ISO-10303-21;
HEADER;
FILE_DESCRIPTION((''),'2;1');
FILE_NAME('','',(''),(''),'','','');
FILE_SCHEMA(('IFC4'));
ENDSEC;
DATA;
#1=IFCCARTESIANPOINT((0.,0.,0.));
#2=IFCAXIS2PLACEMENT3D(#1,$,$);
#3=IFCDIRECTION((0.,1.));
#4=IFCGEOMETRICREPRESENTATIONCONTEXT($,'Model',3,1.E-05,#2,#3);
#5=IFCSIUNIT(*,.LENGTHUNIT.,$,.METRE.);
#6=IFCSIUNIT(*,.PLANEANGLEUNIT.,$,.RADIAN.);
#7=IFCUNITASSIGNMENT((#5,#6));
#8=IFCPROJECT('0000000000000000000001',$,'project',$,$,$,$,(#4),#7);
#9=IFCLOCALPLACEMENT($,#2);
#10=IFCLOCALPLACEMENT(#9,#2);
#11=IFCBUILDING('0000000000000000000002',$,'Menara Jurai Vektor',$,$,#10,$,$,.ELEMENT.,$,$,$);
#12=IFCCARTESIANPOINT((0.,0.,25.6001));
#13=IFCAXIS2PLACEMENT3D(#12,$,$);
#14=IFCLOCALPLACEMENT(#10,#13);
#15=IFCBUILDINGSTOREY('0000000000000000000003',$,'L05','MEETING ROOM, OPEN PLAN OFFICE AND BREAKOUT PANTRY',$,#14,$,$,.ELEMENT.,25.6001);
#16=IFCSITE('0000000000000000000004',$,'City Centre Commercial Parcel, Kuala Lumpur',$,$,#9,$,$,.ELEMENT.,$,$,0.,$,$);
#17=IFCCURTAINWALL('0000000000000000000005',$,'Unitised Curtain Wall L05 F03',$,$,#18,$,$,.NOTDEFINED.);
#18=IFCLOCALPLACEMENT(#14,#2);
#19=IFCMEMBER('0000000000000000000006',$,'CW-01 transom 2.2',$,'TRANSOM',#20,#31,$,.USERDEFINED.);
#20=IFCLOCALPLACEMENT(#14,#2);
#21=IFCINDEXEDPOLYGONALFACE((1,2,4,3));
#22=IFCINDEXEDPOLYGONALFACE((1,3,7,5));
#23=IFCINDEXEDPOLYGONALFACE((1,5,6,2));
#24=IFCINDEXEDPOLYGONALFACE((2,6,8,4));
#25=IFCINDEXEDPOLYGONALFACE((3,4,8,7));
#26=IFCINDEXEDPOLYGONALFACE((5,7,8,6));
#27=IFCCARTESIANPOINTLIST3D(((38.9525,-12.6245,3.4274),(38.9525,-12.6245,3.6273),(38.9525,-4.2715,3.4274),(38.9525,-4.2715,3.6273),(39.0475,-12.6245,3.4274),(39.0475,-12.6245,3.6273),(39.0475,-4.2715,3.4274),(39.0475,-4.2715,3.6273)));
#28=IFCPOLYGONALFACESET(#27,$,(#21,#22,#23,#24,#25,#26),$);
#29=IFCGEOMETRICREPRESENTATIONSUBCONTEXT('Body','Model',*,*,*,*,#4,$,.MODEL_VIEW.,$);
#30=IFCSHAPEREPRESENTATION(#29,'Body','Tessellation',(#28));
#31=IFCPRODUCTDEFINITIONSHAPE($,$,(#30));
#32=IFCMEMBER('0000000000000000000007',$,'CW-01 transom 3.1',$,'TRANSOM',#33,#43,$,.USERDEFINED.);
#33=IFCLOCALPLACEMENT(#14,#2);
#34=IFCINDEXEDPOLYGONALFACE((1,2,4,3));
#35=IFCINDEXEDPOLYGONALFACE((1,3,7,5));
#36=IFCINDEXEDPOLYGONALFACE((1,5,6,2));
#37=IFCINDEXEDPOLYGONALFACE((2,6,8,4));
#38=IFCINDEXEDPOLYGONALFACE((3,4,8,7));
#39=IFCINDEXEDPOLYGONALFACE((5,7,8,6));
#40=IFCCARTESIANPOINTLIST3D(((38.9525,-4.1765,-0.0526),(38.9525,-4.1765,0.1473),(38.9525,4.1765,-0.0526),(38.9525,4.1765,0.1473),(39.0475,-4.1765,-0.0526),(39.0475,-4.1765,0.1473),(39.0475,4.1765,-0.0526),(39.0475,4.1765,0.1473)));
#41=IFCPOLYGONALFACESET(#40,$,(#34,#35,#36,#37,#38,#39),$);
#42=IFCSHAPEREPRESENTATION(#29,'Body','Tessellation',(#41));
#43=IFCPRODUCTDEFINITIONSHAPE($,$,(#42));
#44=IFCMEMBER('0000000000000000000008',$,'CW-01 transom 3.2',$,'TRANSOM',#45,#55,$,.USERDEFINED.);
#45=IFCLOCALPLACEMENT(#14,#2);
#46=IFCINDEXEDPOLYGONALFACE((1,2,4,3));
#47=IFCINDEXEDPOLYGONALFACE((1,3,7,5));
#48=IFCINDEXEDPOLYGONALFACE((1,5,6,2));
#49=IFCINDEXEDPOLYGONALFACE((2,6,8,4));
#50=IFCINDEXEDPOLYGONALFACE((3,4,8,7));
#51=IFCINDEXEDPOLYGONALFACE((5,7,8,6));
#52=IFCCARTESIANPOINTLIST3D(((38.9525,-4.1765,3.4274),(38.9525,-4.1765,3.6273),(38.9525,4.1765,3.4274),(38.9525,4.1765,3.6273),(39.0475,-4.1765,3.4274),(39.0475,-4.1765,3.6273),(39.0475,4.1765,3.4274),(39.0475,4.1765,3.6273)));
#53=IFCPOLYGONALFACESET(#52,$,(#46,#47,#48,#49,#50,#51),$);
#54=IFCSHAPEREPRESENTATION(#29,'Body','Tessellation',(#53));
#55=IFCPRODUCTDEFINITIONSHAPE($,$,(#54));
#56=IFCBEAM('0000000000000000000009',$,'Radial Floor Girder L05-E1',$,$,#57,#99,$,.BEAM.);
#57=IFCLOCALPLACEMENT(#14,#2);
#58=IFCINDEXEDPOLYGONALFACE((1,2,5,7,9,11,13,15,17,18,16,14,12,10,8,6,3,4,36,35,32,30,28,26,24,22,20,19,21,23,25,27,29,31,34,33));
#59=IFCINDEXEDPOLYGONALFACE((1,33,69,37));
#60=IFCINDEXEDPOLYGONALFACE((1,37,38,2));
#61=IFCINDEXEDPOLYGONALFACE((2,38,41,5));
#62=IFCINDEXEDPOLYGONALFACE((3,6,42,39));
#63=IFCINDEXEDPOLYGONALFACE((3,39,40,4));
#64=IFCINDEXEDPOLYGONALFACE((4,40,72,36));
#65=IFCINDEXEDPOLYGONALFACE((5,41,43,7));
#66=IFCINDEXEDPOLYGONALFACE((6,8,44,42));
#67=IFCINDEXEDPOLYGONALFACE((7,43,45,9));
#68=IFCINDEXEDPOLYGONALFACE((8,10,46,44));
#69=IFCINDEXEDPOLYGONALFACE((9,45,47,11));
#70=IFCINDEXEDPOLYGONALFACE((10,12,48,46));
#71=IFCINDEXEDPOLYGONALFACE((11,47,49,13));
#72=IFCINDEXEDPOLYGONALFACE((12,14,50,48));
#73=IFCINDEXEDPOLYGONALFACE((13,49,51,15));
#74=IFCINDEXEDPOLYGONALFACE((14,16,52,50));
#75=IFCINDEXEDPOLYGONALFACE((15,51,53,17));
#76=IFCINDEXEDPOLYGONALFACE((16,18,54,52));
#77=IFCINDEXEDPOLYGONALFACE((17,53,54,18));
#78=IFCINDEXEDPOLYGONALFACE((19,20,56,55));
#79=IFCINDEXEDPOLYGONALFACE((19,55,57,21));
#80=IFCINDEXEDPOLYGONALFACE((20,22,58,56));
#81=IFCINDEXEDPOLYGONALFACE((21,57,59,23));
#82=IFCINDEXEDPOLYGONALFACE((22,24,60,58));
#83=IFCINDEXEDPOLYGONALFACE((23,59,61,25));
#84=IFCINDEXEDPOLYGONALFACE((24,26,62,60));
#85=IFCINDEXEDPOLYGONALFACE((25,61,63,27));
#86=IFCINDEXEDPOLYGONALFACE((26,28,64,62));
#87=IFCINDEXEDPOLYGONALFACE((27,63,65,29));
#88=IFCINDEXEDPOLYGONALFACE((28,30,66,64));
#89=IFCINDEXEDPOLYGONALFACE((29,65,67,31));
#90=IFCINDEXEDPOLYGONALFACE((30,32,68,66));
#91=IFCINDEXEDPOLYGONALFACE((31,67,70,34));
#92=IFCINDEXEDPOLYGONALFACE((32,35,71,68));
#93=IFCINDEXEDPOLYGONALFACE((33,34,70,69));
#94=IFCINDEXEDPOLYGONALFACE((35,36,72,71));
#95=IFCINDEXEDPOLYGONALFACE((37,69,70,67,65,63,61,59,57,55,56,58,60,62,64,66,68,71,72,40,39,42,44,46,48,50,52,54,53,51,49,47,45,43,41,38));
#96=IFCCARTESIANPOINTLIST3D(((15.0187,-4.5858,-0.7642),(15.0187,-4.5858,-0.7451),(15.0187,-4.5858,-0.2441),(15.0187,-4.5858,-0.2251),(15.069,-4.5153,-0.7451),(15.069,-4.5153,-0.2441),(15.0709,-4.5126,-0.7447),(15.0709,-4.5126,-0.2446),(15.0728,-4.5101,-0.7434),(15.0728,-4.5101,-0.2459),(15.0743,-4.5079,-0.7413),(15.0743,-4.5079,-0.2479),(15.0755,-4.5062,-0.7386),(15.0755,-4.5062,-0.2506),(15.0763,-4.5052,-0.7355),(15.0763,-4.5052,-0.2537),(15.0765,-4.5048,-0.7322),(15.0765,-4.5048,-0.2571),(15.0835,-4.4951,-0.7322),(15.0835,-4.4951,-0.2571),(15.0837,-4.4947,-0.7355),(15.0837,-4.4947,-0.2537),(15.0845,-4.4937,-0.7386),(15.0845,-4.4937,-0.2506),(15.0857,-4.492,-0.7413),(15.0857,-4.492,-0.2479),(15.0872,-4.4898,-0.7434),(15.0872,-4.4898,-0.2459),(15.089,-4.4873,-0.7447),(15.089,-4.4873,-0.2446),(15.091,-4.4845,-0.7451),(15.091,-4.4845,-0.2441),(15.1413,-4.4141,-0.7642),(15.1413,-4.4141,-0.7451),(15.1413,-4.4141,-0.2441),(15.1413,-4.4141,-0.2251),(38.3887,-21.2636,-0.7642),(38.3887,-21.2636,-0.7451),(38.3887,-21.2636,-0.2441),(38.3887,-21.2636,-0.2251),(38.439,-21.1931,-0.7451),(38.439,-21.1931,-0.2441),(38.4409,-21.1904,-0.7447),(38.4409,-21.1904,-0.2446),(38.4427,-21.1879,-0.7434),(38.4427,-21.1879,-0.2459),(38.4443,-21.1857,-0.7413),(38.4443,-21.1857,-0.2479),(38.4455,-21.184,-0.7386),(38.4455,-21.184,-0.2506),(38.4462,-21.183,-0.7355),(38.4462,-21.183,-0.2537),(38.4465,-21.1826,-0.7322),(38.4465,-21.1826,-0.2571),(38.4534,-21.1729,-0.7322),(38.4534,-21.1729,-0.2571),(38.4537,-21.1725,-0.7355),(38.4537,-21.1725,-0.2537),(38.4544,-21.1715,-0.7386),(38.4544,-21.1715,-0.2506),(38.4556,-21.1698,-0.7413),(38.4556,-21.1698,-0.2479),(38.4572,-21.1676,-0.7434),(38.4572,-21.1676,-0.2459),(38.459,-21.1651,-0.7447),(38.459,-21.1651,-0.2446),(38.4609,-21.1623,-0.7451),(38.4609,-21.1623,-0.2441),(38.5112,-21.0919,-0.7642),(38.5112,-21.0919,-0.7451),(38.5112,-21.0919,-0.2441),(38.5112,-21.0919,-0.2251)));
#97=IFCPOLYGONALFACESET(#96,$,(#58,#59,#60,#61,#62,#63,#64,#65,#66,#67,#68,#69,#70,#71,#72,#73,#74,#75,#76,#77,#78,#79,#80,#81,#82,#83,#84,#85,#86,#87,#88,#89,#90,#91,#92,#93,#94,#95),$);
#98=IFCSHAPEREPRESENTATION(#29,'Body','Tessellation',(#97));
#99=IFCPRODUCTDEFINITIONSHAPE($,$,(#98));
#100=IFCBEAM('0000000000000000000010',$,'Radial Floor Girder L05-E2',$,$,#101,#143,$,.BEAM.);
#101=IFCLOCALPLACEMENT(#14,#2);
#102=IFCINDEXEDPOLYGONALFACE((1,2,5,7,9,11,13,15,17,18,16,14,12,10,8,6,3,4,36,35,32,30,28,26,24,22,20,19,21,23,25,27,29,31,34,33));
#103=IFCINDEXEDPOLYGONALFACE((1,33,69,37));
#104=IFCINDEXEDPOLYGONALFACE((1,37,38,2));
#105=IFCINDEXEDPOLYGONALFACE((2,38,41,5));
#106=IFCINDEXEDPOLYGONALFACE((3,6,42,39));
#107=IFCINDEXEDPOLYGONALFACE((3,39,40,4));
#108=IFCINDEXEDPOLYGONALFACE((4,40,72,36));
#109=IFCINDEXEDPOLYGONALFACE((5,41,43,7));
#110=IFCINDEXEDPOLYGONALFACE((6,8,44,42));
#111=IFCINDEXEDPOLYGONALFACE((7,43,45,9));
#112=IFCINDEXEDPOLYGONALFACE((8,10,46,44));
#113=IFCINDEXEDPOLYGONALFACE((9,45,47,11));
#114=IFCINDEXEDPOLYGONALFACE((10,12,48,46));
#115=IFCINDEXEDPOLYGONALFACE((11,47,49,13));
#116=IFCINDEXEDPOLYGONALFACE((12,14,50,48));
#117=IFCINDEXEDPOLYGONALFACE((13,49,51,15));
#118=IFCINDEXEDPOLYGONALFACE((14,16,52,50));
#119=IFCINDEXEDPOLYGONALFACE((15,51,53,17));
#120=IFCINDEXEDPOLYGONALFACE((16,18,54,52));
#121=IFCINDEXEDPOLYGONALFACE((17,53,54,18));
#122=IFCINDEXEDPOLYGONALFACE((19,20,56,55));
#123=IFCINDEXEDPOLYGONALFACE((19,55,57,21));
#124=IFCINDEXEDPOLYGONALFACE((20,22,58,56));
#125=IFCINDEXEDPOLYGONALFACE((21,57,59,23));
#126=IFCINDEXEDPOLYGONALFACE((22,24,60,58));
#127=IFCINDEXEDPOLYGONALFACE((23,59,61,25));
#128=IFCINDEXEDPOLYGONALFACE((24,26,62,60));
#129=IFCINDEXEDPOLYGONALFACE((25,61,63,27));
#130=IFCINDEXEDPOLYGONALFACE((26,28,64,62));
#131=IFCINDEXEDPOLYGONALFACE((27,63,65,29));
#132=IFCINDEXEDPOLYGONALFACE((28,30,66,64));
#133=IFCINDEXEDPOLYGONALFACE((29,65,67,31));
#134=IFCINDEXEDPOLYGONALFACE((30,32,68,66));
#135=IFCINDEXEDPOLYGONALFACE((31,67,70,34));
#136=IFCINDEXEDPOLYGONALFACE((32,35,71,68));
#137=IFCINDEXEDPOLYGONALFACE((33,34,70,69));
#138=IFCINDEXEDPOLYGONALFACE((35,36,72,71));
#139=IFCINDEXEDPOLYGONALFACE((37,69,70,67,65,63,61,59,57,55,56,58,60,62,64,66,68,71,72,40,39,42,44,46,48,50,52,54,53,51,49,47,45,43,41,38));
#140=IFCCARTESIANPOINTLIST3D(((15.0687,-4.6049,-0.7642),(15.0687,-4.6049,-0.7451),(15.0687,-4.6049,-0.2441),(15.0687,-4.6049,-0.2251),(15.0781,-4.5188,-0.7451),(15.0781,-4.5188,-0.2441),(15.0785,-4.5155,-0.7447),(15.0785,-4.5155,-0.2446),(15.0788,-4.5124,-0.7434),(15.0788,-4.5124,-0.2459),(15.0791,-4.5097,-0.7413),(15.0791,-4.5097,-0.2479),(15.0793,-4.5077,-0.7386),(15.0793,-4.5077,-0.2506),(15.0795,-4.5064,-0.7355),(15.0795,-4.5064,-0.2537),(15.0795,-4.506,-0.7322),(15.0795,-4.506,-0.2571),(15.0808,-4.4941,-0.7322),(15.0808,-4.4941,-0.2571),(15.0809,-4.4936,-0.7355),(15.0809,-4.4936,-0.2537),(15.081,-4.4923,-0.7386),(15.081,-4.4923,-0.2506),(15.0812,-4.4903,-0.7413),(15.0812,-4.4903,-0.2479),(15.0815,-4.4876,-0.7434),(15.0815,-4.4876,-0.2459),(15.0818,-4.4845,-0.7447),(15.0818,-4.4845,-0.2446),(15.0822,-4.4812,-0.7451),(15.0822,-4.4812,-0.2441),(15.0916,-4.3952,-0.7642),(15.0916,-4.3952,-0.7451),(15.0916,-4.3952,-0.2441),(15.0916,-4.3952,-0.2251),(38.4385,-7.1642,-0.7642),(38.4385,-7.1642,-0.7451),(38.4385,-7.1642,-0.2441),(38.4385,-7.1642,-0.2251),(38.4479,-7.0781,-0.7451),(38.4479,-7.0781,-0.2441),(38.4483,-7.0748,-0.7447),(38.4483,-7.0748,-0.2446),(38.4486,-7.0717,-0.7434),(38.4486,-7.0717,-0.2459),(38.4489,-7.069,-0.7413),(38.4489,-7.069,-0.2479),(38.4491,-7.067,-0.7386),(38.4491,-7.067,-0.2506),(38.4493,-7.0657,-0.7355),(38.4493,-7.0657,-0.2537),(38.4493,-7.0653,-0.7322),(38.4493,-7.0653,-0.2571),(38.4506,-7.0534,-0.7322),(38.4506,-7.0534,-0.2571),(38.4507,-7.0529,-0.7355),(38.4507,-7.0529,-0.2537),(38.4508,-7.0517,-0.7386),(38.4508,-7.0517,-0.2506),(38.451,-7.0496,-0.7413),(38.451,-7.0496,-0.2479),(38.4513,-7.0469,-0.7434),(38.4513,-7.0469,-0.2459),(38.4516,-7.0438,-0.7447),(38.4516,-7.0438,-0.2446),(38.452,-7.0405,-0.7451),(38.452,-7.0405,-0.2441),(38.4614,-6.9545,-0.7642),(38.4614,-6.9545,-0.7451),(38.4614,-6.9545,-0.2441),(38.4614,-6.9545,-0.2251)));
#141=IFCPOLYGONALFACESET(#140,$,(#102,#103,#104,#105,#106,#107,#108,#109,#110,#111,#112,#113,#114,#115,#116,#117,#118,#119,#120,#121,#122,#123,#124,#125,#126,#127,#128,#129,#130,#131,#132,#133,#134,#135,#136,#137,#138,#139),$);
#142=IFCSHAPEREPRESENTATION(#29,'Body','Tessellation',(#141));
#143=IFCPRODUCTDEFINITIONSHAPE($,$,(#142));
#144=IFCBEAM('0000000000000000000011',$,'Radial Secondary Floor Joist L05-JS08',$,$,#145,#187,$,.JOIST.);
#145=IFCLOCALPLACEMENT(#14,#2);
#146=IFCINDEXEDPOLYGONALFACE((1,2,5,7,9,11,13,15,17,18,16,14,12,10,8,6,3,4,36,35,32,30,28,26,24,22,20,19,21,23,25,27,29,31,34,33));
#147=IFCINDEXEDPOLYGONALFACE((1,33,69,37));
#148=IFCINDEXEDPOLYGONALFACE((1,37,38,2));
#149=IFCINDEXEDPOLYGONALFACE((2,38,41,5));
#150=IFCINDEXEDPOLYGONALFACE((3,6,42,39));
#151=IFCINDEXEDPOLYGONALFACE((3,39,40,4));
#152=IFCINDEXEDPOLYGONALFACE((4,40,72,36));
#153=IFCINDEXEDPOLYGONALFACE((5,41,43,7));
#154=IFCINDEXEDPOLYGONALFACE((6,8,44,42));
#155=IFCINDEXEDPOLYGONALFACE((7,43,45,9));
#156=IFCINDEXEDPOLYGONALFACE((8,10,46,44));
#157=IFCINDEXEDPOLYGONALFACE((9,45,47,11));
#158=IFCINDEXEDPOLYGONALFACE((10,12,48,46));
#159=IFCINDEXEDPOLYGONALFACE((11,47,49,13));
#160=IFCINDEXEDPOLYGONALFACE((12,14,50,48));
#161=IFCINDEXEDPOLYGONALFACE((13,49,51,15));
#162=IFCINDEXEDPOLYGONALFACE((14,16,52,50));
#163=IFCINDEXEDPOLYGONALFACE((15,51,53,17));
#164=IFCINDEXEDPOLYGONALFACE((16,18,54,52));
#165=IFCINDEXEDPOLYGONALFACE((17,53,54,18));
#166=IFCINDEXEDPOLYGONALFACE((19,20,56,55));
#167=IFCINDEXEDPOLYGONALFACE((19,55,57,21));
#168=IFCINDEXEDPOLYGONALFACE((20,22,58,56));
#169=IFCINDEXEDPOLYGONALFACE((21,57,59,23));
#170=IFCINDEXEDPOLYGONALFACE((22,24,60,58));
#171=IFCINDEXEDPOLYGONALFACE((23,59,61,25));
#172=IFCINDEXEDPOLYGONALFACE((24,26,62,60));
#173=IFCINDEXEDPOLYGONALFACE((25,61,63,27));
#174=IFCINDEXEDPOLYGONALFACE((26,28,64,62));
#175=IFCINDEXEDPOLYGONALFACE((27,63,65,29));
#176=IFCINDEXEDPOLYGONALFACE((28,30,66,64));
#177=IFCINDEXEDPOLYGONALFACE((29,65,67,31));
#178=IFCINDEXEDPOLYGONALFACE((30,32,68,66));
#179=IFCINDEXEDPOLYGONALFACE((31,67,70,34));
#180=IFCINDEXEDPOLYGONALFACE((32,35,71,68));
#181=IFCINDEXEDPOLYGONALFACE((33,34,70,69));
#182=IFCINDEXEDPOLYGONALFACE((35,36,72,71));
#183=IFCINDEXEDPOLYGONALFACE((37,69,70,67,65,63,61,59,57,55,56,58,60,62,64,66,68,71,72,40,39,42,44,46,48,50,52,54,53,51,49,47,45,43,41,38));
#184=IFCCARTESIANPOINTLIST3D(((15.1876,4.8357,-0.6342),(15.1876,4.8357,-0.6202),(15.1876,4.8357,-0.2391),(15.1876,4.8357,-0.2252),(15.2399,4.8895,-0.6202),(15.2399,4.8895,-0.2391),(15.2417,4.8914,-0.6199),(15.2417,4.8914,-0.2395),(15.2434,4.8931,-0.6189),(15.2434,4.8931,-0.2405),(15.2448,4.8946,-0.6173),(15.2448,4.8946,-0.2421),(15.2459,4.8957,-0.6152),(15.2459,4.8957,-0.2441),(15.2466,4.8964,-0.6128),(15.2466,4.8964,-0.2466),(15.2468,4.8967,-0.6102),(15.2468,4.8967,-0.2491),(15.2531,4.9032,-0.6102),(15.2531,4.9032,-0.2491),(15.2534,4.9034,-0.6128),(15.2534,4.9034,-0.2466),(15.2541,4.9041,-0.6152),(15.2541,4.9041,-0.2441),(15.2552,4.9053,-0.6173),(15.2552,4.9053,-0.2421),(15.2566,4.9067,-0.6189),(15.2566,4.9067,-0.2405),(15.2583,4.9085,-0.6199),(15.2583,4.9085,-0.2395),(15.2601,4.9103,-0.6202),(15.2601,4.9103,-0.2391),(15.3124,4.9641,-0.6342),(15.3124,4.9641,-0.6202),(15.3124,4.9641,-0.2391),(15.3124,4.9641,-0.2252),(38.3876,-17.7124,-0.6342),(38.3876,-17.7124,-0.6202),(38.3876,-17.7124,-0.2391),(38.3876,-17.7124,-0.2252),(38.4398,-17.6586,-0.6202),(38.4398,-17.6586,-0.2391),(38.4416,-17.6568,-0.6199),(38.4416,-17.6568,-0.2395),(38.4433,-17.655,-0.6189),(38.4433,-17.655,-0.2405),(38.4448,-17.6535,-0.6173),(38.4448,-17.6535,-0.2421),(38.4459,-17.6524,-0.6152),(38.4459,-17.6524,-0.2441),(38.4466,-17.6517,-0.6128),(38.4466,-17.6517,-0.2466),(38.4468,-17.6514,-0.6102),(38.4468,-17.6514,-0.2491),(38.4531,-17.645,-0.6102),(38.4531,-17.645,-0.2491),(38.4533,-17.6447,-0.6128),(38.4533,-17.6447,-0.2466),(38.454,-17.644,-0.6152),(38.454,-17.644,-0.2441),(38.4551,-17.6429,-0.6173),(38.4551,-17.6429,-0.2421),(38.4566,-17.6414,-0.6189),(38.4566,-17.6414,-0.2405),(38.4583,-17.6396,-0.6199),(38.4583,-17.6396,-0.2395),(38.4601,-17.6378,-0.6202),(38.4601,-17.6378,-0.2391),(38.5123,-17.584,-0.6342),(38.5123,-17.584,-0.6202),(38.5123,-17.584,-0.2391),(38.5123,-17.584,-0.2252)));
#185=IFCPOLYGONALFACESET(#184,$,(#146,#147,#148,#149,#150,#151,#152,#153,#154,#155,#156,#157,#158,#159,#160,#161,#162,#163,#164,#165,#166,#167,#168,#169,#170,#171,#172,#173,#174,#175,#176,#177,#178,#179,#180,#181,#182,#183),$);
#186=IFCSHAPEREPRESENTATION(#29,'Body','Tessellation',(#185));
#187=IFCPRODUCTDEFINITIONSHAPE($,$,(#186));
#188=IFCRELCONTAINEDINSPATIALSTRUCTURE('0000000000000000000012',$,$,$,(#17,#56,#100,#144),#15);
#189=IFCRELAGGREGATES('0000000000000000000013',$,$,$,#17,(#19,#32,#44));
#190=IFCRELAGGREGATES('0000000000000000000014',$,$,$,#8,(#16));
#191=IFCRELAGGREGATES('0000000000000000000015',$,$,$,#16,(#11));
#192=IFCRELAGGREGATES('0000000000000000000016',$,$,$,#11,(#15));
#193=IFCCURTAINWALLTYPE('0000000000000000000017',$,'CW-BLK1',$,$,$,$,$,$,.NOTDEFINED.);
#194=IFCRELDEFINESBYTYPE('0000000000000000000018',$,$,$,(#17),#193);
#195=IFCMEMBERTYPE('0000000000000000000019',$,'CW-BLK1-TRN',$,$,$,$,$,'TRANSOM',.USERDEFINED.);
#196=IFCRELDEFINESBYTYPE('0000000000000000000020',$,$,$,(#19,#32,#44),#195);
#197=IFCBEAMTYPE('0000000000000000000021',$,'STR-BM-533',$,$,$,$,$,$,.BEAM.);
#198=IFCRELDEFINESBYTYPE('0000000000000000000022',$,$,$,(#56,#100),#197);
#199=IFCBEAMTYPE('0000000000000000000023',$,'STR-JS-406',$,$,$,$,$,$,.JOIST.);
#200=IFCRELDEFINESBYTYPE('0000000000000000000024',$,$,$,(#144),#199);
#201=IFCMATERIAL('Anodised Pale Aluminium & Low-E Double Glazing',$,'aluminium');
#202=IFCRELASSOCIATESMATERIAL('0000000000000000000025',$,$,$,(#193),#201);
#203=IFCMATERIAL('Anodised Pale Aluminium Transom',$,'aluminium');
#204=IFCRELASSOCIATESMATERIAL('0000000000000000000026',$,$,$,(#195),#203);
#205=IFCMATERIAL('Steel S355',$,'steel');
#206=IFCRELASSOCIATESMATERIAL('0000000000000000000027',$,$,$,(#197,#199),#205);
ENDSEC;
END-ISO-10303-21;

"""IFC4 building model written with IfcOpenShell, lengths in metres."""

from ifc_helpers import new_model, si_unit, direction, frame, origin, origin_2d, place, context, subcontext, project, spatial, rectangle, i_section, extrude, material, material_profile, profile_set, type_object, element, aggregate, save


model = new_model("IFC4")

# Units and contexts
model_context = context("Model", 3, precision=1e-05, world=origin(), true_north=direction((0.0, 1.0)))
body_context = subcontext(model_context, "Body", "Model", "MODEL_VIEW")
ifc_project = project(units=[si_unit("LENGTHUNIT", "METRE"), si_unit("PLANEANGLEUNIT", "RADIAN")], contexts=[model_context])

# Site, building, storey
site_placement = place(None, origin())
site = spatial("IfcSite", under=ifc_project, at=site_placement, Name="City Centre Commercial Parcel, Kuala Lumpur", CompositionType="ELEMENT", RefElevation=0.0)
building_placement = place(site_placement, origin())
building = spatial("IfcBuilding", under=site, at=building_placement, Name="Menara Jurai Vektor", CompositionType="ELEMENT")
storey_placement = place(building_placement, frame((0.0, 0.0, 25.6001)))
storey = spatial("IfcBuildingStorey", under=building, at=storey_placement, Name="L05", Description="MEETING ROOM, OPEN PLAN OFFICE AND BREAKOUT PANTRY", CompositionType="ELEMENT", Elevation=25.6001)

# Shared definitions
ifc_material_1 = material(Name="Anodised Pale Aluminium & Low-E Double Glazing", Category="aluminium")
curtain_wall_type = type_object("IfcCurtainWallType", Name="CW-BLK1", PredefinedType="NOTDEFINED", material=ifc_material_1)

# Curtain wall, members
curtain_wall_1_placement = place(storey_placement, origin())
curtain_wall_1 = element("IfcCurtainWall", 1, at=curtain_wall_1_placement, inside=storey, type_object=curtain_wall_type, Name="Unitised Curtain Wall L05 F03", PredefinedType="NOTDEFINED")
ifc_material_2 = material(Name="Anodised Pale Aluminium Transom", Category="aluminium")
ifc_material_profile_1 = material_profile(ifc_material_2, rectangle(XDim=0.095, YDim=0.2, at=origin_2d()), Name="ALU TRN 95x200")
ifc_profile_set_1 = profile_set([ifc_material_profile_1], Name="Anodised Pale Aluminium Transom")
member_type_1 = type_object("IfcMemberType", Name="CW-BLK1-TRN", ElementType="TRANSOM", PredefinedType="USERDEFINED", material=ifc_profile_set_1)
member_1_placement = place(storey_placement, frame((39.0, -12.6245, 3.5273), z_axis=(0.0, 1.0, 0.0), x_axis=(-1.0, 0.0, 0.0)))
member_1 = element("IfcMember", 2, at=member_1_placement, type_object=member_type_1, Name="CW-01 transom 2.2", ObjectType="TRANSOM", PredefinedType="USERDEFINED", context=body_context, shape_type="SweptSolid", body=[
    extrude(rectangle(XDim=0.095, YDim=0.2, at=origin_2d()), origin(), (0.0, 0.0, 1.0), 8.353),
])
member_2_placement = place(storey_placement, frame((39.0, -4.1765, 0.0474), z_axis=(0.0, 1.0, 0.0), x_axis=(-1.0, 0.0, 0.0)))
member_2 = element("IfcMember", 3, at=member_2_placement, type_object=member_type_1, Name="CW-01 transom 3.1", ObjectType="TRANSOM", PredefinedType="USERDEFINED", context=body_context, shape_type="SweptSolid", body=[
    extrude(rectangle(XDim=0.095, YDim=0.2, at=origin_2d()), origin(), (0.0, 0.0, 1.0), 8.353),
])
member_3_placement = place(storey_placement, frame((39.0, -4.1765, 3.5273), z_axis=(0.0, 1.0, 0.0), x_axis=(-1.0, 0.0, 0.0)))
member_3 = element("IfcMember", 4, at=member_3_placement, type_object=member_type_1, Name="CW-01 transom 3.2", ObjectType="TRANSOM", PredefinedType="USERDEFINED", context=body_context, shape_type="SweptSolid", body=[
    extrude(rectangle(XDim=0.095, YDim=0.2, at=origin_2d()), origin(), (0.0, 0.0, 1.0), 8.353),
])

# Beams
ifc_material_3 = material(Name="Steel S355", Category="steel")
ifc_material_profile_2 = material_profile(ifc_material_3, i_section(OverallWidth=0.2109, OverallDepth=0.5391, WebThickness=0.012, FlangeThickness=0.019, FilletRadius=0.0129, at=origin_2d()), Name="UKB 533x210x109")
ifc_profile_set_2 = profile_set([ifc_material_profile_2], Name="Steel S355")
beam_type_1 = type_object("IfcBeamType", Name="STR-BM-533", PredefinedType="BEAM", material=ifc_profile_set_2)
beam_1_placement = place(storey_placement, frame((38.45, -21.1777, -0.4946), z_axis=(-0.813981, 0.580891, 0.0), x_axis=(-0.580891, -0.813981, 0.0)))
element("IfcBeam", 5, at=beam_1_placement, inside=storey, type_object=beam_type_1, Name="Radial Floor Girder L05-E1", PredefinedType="BEAM", context=body_context, shape_type="SweptSolid", body=[
    extrude(i_section(OverallWidth=0.2109, OverallDepth=0.5391, WebThickness=0.012, FlangeThickness=0.019, FilletRadius=0.0129, at=origin_2d()), origin(), (0.0, 0.0, 1.0), 28.7107),
])
beam_2_placement = place(storey_placement, frame((38.45, -7.0593, -0.4946), z_axis=(-0.994057, 0.108863, 0.0), x_axis=(-0.108863, -0.994057, 0.0)))
element("IfcBeam", 6, at=beam_2_placement, inside=storey, type_object=beam_type_1, Name="Radial Floor Girder L05-E2", PredefinedType="BEAM", context=body_context, shape_type="SweptSolid", body=[
    extrude(i_section(OverallWidth=0.2109, OverallDepth=0.5391, WebThickness=0.012, FlangeThickness=0.019, FilletRadius=0.0129, at=origin_2d()), origin(), (0.0, 0.0, 1.0), 23.5095),
])
ifc_material_profile_3 = material_profile(ifc_material_3, i_section(OverallWidth=0.179, OverallDepth=0.4089, WebThickness=0.009, FlangeThickness=0.0139, FilletRadius=0.01, at=origin_2d()), Name="UKB 406x178x67")
ifc_profile_set_3 = profile_set([ifc_material_profile_3], Name="Steel S355")
beam_type_2 = type_object("IfcBeamType", Name="STR-JS-406", PredefinedType="JOIST", material=ifc_profile_set_3)
beam_3_placement = place(storey_placement, frame((38.45, -17.6482, -0.4297), z_axis=(-0.717109, 0.696961, 0.0), x_axis=(-0.696961, -0.717109, 0.0)))
element("IfcBeam", 7, at=beam_3_placement, inside=storey, type_object=beam_type_2, Name="Radial Secondary Floor Joist L05-JS08", PredefinedType="JOIST", context=body_context, shape_type="SweptSolid", body=[
    extrude(i_section(OverallWidth=0.179, OverallDepth=0.4089, WebThickness=0.009, FlangeThickness=0.0139, FilletRadius=0.01, at=origin_2d()), origin(), (0.0, 0.0, 1.0), 32.3521),
])

aggregate(curtain_wall_1, [member_1, member_2, member_3])

save(model, "model.ifc")
